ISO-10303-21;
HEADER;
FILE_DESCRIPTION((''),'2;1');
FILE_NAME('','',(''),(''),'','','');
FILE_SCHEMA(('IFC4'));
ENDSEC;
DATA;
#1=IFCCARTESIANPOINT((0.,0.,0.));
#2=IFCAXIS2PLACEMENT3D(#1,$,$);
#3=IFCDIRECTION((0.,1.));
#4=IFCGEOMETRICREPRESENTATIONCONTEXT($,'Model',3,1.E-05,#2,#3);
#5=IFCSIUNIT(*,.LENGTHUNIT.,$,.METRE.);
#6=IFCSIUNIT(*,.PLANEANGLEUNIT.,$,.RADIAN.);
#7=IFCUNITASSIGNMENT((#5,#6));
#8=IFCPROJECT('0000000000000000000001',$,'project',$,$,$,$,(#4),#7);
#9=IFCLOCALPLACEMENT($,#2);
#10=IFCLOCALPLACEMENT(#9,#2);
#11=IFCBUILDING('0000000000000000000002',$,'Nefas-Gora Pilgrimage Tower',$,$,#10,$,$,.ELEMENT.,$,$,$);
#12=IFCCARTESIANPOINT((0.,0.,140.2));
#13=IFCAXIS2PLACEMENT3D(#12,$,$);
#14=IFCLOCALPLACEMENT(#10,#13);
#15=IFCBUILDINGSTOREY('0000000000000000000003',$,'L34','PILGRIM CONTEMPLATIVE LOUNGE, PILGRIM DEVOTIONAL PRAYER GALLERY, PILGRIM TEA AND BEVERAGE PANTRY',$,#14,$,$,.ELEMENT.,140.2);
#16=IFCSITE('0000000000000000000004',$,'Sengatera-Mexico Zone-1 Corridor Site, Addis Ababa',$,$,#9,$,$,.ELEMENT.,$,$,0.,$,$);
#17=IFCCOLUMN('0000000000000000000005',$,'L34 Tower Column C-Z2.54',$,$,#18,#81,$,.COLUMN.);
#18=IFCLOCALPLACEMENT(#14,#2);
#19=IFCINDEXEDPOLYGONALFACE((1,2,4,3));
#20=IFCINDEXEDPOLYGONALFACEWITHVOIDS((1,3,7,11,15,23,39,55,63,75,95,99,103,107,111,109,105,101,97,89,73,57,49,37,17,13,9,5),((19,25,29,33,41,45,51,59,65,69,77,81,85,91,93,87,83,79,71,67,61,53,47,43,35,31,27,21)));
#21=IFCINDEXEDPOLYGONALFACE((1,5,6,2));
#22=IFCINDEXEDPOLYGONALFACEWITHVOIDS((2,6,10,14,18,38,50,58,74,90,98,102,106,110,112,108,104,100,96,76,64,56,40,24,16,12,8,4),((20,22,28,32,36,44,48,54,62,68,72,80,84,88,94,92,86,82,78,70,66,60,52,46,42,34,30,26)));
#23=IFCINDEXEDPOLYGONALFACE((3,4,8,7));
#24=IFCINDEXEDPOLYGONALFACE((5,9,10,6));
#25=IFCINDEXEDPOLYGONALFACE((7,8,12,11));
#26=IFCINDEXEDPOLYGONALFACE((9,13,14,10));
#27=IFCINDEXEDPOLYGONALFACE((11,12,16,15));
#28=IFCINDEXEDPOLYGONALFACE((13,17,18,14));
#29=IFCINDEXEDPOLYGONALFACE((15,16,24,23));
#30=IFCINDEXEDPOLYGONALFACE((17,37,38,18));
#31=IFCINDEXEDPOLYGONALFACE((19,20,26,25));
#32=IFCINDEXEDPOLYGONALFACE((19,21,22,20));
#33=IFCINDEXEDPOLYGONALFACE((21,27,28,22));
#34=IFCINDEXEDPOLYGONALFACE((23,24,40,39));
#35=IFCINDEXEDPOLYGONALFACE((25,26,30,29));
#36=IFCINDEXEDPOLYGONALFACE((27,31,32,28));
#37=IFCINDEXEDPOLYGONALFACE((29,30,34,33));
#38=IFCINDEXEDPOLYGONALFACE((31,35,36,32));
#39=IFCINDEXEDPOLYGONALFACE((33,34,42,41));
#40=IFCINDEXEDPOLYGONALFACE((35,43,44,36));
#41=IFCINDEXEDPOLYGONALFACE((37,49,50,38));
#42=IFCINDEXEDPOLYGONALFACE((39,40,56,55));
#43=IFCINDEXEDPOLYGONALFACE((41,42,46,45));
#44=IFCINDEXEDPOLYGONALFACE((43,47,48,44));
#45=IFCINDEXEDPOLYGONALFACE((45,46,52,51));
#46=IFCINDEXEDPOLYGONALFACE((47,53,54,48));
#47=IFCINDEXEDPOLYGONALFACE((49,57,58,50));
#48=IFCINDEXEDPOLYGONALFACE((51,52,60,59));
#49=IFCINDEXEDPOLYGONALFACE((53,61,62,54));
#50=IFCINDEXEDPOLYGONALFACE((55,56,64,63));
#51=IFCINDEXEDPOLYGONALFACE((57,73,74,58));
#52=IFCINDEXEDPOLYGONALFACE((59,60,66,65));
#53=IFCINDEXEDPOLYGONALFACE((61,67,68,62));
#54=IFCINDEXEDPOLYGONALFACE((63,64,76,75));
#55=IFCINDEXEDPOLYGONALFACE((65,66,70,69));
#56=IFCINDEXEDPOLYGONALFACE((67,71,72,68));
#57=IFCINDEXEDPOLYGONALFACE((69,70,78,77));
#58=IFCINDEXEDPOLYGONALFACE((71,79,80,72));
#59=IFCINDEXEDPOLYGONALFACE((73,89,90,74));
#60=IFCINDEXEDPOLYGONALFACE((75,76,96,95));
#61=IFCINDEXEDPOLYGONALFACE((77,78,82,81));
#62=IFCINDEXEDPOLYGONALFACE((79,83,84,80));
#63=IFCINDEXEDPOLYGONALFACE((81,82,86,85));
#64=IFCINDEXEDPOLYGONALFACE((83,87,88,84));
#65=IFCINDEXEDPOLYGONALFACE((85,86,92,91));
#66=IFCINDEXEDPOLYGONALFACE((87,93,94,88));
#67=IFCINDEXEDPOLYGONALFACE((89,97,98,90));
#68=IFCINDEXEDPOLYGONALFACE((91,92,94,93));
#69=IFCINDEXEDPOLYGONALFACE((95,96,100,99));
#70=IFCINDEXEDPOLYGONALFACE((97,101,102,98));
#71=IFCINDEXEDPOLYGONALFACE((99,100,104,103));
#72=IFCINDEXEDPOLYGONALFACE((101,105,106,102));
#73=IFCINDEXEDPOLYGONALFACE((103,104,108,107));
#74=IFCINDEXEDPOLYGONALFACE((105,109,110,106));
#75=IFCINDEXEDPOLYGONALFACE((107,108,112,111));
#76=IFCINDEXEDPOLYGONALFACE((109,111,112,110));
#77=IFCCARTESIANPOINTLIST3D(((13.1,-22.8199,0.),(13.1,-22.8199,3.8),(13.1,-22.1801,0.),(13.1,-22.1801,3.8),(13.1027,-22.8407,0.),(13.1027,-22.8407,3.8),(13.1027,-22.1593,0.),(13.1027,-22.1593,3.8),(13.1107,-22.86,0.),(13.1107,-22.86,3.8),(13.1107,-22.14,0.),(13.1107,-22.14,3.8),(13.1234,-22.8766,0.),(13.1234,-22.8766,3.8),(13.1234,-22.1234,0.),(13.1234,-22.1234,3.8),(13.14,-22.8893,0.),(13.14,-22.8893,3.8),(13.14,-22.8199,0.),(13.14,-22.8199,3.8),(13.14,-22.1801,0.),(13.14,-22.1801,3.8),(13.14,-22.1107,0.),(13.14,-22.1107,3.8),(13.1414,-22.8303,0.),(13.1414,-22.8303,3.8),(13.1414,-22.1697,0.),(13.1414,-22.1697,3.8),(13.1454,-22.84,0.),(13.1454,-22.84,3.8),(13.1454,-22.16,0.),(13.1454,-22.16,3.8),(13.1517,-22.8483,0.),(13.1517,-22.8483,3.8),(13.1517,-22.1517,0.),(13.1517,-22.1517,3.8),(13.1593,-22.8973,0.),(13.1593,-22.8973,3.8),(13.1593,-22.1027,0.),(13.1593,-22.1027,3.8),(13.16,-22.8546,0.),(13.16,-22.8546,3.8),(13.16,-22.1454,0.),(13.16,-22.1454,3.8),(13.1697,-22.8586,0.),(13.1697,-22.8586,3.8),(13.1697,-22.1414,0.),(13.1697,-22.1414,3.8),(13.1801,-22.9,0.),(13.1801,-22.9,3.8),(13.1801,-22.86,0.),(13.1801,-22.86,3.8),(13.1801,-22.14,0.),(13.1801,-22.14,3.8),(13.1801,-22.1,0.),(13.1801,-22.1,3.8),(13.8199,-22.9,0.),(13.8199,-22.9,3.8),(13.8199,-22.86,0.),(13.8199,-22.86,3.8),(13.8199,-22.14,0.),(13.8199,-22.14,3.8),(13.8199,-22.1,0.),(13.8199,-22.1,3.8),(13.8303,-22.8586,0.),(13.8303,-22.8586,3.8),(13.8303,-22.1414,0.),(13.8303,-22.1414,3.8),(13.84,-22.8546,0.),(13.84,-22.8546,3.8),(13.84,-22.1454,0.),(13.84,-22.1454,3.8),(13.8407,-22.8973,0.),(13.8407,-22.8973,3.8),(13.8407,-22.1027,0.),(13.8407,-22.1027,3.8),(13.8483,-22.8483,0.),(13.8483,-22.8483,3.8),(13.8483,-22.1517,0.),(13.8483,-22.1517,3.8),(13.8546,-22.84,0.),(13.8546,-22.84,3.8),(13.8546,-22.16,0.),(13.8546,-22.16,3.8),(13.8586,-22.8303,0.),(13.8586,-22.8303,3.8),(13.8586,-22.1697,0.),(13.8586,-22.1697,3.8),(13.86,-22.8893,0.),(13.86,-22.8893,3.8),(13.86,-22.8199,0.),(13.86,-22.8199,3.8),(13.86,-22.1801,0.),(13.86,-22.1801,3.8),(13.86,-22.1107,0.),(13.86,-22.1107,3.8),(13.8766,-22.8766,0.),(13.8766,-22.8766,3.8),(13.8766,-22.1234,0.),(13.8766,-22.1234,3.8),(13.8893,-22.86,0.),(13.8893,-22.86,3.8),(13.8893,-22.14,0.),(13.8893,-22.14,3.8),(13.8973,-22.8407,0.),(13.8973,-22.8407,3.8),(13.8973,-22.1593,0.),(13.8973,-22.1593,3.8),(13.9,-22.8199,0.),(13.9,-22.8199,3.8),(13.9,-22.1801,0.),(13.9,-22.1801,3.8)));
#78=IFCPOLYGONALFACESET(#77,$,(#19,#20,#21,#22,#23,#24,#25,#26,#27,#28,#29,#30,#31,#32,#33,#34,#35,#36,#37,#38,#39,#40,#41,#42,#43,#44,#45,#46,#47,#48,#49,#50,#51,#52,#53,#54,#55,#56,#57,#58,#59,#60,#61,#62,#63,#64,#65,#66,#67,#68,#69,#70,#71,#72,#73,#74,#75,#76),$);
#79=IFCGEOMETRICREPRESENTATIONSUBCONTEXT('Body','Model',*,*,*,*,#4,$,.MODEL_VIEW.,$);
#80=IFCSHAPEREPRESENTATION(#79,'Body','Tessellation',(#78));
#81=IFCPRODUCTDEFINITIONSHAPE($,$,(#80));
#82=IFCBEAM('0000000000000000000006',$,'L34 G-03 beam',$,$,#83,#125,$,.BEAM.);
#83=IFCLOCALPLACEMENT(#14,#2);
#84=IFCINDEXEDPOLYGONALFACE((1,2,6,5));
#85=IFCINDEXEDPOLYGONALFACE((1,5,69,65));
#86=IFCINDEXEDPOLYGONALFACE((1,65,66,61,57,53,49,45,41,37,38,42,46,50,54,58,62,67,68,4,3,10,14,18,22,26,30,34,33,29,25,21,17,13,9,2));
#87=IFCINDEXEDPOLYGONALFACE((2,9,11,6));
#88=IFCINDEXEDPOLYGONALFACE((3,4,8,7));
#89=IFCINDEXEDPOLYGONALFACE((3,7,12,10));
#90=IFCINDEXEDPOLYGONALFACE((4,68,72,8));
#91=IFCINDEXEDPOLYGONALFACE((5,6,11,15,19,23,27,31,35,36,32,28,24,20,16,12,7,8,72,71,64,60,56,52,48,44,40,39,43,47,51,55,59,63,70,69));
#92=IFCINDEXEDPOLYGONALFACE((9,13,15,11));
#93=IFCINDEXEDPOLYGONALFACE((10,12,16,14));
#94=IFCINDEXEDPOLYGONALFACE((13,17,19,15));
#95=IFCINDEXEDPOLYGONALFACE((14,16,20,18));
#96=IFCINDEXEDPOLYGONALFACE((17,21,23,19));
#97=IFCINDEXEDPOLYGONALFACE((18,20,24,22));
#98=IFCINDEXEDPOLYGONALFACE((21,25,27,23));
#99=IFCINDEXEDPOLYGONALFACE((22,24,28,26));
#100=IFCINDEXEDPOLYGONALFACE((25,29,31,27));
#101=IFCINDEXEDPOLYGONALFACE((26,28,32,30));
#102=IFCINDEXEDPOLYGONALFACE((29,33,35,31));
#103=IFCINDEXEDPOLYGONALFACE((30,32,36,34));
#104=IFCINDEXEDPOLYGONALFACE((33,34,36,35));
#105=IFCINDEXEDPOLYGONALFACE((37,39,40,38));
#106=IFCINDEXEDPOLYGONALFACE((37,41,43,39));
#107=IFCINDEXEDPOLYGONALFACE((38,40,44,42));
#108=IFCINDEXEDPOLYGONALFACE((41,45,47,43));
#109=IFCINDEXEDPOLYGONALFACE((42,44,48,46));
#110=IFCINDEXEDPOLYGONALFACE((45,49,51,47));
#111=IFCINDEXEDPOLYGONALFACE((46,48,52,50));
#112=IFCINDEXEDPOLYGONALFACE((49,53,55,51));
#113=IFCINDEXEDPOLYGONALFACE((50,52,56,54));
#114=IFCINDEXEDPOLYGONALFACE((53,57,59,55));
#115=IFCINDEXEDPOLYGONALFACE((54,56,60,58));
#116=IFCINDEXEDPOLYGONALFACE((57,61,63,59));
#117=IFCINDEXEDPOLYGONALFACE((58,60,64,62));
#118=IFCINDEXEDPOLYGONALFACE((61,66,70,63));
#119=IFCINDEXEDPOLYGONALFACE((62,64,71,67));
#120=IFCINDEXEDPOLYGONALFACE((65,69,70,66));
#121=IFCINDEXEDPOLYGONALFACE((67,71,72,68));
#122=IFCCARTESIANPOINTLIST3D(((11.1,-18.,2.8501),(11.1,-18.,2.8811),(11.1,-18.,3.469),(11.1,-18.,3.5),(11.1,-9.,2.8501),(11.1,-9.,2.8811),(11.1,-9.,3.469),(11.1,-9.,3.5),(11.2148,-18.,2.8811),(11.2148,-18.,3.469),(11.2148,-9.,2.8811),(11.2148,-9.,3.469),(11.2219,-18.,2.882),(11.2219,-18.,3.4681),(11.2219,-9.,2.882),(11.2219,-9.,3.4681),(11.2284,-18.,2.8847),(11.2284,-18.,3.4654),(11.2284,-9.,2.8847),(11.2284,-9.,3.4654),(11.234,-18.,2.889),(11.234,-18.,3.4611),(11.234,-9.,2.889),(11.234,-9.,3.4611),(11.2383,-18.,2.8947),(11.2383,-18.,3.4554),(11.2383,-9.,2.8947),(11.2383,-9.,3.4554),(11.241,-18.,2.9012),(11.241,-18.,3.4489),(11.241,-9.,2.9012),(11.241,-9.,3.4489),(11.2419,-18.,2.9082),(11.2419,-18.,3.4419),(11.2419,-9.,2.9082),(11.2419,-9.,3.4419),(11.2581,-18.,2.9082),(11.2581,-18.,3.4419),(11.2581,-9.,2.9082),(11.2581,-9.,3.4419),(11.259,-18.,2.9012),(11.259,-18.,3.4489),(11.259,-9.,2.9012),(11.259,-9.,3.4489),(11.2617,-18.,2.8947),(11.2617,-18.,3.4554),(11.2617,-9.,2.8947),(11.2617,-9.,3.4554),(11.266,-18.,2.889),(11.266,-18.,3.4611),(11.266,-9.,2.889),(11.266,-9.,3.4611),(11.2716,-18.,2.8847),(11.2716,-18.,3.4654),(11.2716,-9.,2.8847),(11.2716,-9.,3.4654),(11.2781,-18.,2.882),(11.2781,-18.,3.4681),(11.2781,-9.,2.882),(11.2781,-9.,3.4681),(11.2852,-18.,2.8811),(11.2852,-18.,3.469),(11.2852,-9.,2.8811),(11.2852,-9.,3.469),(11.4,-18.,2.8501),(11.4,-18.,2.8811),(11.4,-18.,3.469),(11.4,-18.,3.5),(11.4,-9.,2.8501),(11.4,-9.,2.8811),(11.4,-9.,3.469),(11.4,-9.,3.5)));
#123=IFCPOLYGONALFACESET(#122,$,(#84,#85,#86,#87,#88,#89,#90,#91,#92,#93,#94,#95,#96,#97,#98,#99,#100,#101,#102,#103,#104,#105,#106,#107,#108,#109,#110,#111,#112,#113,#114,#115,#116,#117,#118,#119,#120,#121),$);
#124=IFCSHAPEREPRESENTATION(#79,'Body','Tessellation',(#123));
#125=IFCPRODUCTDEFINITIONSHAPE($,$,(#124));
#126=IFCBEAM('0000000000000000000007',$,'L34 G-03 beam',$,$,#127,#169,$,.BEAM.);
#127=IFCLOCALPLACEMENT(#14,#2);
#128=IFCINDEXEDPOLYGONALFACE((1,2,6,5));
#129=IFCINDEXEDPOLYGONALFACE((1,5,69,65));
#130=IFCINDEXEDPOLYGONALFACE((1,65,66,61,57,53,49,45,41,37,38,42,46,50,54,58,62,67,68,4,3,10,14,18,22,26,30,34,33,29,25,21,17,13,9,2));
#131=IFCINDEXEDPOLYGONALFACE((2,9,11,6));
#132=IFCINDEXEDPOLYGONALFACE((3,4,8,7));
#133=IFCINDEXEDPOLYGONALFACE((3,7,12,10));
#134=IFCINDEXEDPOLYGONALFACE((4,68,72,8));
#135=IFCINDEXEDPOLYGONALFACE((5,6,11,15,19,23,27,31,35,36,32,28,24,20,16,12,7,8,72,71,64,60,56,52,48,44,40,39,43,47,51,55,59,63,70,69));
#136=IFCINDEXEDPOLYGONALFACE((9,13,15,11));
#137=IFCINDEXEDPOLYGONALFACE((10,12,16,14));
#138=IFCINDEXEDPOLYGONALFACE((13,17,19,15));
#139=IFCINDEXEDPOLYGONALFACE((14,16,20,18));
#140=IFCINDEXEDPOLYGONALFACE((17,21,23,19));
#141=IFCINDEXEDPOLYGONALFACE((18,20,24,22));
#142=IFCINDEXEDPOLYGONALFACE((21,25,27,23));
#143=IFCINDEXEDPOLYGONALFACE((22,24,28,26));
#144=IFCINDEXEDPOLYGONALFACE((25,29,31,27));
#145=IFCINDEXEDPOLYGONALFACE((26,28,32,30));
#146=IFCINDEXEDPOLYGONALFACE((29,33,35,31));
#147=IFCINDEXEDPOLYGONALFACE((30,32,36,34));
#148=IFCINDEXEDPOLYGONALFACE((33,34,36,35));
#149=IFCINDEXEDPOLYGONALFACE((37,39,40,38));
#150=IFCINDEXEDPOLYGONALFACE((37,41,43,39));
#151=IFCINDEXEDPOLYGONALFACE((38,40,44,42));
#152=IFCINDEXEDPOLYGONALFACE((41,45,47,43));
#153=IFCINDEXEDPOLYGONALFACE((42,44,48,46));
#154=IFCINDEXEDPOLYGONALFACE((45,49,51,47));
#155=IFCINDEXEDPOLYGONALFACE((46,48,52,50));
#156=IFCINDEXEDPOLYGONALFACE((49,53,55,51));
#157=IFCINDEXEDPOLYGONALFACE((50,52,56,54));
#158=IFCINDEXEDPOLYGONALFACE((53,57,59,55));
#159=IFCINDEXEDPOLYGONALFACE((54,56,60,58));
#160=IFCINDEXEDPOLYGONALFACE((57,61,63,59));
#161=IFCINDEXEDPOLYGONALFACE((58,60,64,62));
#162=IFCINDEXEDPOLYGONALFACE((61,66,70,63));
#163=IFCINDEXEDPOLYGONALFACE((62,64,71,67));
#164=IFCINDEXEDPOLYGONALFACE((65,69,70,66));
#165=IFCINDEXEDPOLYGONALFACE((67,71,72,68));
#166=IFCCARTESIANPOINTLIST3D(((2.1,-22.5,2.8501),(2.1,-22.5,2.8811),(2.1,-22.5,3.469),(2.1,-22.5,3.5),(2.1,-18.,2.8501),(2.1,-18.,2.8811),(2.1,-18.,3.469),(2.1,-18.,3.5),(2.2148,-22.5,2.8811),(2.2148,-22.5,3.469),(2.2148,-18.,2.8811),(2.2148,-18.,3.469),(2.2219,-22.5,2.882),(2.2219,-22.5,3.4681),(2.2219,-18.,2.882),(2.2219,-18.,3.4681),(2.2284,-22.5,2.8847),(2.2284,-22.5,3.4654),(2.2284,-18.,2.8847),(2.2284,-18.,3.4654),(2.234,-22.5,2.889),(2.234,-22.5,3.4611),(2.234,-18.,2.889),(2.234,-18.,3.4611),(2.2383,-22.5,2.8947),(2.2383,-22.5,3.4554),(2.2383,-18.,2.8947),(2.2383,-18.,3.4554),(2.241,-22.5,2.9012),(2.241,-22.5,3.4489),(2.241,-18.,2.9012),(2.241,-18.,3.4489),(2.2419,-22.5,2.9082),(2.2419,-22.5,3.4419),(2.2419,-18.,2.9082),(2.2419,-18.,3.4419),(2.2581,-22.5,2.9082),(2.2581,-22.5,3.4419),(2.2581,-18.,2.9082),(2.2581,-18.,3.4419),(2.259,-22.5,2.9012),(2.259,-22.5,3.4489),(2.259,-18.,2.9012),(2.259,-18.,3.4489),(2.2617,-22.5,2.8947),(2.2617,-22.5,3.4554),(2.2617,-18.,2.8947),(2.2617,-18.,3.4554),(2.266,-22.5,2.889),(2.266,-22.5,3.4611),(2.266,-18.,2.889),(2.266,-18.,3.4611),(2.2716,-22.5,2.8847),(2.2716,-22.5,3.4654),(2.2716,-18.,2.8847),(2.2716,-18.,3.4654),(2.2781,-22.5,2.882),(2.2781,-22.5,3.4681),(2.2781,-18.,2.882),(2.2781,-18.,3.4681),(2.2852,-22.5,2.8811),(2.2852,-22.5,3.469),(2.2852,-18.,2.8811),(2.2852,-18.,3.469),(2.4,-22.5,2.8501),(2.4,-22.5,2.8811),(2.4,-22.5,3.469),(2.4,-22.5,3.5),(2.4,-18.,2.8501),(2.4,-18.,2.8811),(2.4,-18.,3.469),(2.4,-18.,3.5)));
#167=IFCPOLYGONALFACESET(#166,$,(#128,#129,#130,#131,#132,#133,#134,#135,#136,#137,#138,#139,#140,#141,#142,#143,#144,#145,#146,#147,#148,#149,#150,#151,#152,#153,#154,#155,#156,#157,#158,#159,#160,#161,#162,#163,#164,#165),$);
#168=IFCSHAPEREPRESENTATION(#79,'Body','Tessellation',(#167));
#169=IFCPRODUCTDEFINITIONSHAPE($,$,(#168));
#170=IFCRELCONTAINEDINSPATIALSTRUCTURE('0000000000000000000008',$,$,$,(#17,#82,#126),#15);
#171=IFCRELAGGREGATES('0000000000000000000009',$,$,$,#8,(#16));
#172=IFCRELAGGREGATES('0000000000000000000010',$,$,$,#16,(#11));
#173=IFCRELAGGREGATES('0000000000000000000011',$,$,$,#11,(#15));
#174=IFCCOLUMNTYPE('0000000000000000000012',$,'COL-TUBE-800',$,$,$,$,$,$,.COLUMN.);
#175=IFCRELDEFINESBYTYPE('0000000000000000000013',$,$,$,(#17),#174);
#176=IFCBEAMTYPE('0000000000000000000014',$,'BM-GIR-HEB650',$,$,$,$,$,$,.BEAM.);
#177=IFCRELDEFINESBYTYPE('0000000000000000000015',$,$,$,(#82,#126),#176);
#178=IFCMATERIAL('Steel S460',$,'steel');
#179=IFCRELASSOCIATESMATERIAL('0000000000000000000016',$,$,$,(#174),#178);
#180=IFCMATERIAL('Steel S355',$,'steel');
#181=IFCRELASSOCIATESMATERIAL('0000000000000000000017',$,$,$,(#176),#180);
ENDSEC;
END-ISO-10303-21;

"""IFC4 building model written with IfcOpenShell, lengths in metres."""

from ifc_helpers import new_model, si_unit, direction, frame, origin, origin_2d, place, context, subcontext, project, spatial, hollow_rectangle, i_section, extrude, source, transform, mapped, material, material_profile, profile_set, type_object, element, save


model = new_model("IFC4")

# Units and contexts
model_context = context("Model", 3, precision=1e-05, world=origin(), true_north=direction((0.0, 1.0)))
body_context = subcontext(model_context, "Body", "Model", "MODEL_VIEW")
ifc_project = project(units=[si_unit("LENGTHUNIT", "METRE"), si_unit("PLANEANGLEUNIT", "RADIAN")], contexts=[model_context])

# Site, building, storey
site_placement = place(None, origin())
site = spatial("IfcSite", under=ifc_project, at=site_placement, Name="Sengatera-Mexico Zone-1 Corridor Site, Addis Ababa", CompositionType="ELEMENT", RefElevation=0.0)
building_placement = place(site_placement, origin())
building = spatial("IfcBuilding", under=site, at=building_placement, Name="Nefas-Gora Pilgrimage Tower", CompositionType="ELEMENT")
storey_placement = place(building_placement, frame((0.0, 0.0, 140.2)))
storey = spatial("IfcBuildingStorey", under=building, at=storey_placement, Name="L34", Description="PILGRIM CONTEMPLATIVE LOUNGE, PILGRIM DEVOTIONAL PRAYER GALLERY, PILGRIM TEA AND BEVERAGE PANTRY", CompositionType="ELEMENT", Elevation=140.2)

# Column
ifc_material_1 = material(Name="Steel S460", Category="steel")
ifc_material_profile_1 = material_profile(ifc_material_1, hollow_rectangle(XDim=0.8, YDim=0.8, WallThickness=0.04, InnerFilletRadius=0.04, OuterFilletRadius=0.0801, at=origin_2d()), Name="BOX 800x800x40")
ifc_profile_set_1 = profile_set([ifc_material_profile_1], Name="Steel S460")
column_type_1 = type_object("IfcColumnType", Name="COL-TUBE-800", PredefinedType="COLUMN", material=ifc_profile_set_1)
shared_shape_1 = source(origin(), body_context, "Body", "SweptSolid", [
    extrude(hollow_rectangle(XDim=0.8, YDim=0.8, WallThickness=0.04, InnerFilletRadius=0.04, OuterFilletRadius=0.0801, at=origin_2d()), origin(), (0.0, 0.0, 1.0), 3.8),
])
for number, where, z_axis, x_axis, name in (
    (1, (13.5, -22.5, 0.0), (0.0, 0.0, 1.0), (1.0, 0.0, 0.0), "L34 Tower Column C-Z2.54"),
):
    element("IfcColumn", number, at=place(storey_placement, frame(where, z_axis=z_axis, x_axis=x_axis)), inside=storey, type_object=column_type_1, Name=name, PredefinedType="COLUMN", context=body_context, shape_type="MappedRepresentation", body=[
        mapped(shared_shape_1, transform((0.0, 0.0, 0.0), x_axis=(1.0, 0.0, 0.0), y_axis=(0.0, 1.0, 0.0), z_axis=(0.0, 0.0, 1.0), scale=1.0)),
    ])

# Beams
ifc_material_2 = material(Name="Steel S355", Category="steel")
ifc_material_profile_2 = material_profile(ifc_material_2, i_section(OverallWidth=0.3, OverallDepth=0.6499, WebThickness=0.0161, FlangeThickness=0.031, FilletRadius=0.0271, at=origin_2d()), Name="HEB 650")
ifc_profile_set_2 = profile_set([ifc_material_profile_2], Name="Steel S355")
beam_type_1 = type_object("IfcBeamType", Name="BM-GIR-HEB650", PredefinedType="BEAM", material=ifc_profile_set_2)
shared_shape_2 = source(origin(), body_context, "Body", "SweptSolid", [
    extrude(i_section(OverallWidth=0.3, OverallDepth=0.6499, WebThickness=0.0161, FlangeThickness=0.031, FilletRadius=0.0271, at=origin_2d()), origin(), (0.0, 0.0, 1.0), 9.0),
])
beam_1_placement = place(storey_placement, frame((11.25, -18.0, 3.175), z_axis=(0.0, 1.0, 0.0), x_axis=(-1.0, 0.0, 0.0)))
element("IfcBeam", 2, at=beam_1_placement, inside=storey, type_object=beam_type_1, Name="L34 G-03 beam", PredefinedType="BEAM", context=body_context, shape_type="MappedRepresentation", body=[
    mapped(shared_shape_2, transform((0.0, 0.0, 0.0), x_axis=(1.0, 0.0, 0.0), y_axis=(0.0, 1.0, 0.0), z_axis=(0.0, 0.0, 1.0), scale=1.0)),
])
shared_shape_3 = source(origin(), body_context, "Body", "SweptSolid", [
    extrude(i_section(OverallWidth=0.3, OverallDepth=0.6499, WebThickness=0.0161, FlangeThickness=0.031, FilletRadius=0.0271, at=origin_2d()), origin(), (0.0, 0.0, 1.0), 4.5),
])
for number, where, z_axis, x_axis, name in (
    (3, (2.25, -22.5, 3.175), (0.0, 1.0, 0.0), (-1.0, 0.0, 0.0), "L34 G-03 beam"),
):
    element("IfcBeam", number, at=place(storey_placement, frame(where, z_axis=z_axis, x_axis=x_axis)), inside=storey, type_object=beam_type_1, Name=name, PredefinedType="BEAM", context=body_context, shape_type="MappedRepresentation", body=[
        mapped(shared_shape_3, transform((0.0, 0.0, 0.0), x_axis=(1.0, 0.0, 0.0), y_axis=(0.0, 1.0, 0.0), z_axis=(0.0, 0.0, 1.0), scale=1.0)),
    ])

save(model, "model.ifc")
